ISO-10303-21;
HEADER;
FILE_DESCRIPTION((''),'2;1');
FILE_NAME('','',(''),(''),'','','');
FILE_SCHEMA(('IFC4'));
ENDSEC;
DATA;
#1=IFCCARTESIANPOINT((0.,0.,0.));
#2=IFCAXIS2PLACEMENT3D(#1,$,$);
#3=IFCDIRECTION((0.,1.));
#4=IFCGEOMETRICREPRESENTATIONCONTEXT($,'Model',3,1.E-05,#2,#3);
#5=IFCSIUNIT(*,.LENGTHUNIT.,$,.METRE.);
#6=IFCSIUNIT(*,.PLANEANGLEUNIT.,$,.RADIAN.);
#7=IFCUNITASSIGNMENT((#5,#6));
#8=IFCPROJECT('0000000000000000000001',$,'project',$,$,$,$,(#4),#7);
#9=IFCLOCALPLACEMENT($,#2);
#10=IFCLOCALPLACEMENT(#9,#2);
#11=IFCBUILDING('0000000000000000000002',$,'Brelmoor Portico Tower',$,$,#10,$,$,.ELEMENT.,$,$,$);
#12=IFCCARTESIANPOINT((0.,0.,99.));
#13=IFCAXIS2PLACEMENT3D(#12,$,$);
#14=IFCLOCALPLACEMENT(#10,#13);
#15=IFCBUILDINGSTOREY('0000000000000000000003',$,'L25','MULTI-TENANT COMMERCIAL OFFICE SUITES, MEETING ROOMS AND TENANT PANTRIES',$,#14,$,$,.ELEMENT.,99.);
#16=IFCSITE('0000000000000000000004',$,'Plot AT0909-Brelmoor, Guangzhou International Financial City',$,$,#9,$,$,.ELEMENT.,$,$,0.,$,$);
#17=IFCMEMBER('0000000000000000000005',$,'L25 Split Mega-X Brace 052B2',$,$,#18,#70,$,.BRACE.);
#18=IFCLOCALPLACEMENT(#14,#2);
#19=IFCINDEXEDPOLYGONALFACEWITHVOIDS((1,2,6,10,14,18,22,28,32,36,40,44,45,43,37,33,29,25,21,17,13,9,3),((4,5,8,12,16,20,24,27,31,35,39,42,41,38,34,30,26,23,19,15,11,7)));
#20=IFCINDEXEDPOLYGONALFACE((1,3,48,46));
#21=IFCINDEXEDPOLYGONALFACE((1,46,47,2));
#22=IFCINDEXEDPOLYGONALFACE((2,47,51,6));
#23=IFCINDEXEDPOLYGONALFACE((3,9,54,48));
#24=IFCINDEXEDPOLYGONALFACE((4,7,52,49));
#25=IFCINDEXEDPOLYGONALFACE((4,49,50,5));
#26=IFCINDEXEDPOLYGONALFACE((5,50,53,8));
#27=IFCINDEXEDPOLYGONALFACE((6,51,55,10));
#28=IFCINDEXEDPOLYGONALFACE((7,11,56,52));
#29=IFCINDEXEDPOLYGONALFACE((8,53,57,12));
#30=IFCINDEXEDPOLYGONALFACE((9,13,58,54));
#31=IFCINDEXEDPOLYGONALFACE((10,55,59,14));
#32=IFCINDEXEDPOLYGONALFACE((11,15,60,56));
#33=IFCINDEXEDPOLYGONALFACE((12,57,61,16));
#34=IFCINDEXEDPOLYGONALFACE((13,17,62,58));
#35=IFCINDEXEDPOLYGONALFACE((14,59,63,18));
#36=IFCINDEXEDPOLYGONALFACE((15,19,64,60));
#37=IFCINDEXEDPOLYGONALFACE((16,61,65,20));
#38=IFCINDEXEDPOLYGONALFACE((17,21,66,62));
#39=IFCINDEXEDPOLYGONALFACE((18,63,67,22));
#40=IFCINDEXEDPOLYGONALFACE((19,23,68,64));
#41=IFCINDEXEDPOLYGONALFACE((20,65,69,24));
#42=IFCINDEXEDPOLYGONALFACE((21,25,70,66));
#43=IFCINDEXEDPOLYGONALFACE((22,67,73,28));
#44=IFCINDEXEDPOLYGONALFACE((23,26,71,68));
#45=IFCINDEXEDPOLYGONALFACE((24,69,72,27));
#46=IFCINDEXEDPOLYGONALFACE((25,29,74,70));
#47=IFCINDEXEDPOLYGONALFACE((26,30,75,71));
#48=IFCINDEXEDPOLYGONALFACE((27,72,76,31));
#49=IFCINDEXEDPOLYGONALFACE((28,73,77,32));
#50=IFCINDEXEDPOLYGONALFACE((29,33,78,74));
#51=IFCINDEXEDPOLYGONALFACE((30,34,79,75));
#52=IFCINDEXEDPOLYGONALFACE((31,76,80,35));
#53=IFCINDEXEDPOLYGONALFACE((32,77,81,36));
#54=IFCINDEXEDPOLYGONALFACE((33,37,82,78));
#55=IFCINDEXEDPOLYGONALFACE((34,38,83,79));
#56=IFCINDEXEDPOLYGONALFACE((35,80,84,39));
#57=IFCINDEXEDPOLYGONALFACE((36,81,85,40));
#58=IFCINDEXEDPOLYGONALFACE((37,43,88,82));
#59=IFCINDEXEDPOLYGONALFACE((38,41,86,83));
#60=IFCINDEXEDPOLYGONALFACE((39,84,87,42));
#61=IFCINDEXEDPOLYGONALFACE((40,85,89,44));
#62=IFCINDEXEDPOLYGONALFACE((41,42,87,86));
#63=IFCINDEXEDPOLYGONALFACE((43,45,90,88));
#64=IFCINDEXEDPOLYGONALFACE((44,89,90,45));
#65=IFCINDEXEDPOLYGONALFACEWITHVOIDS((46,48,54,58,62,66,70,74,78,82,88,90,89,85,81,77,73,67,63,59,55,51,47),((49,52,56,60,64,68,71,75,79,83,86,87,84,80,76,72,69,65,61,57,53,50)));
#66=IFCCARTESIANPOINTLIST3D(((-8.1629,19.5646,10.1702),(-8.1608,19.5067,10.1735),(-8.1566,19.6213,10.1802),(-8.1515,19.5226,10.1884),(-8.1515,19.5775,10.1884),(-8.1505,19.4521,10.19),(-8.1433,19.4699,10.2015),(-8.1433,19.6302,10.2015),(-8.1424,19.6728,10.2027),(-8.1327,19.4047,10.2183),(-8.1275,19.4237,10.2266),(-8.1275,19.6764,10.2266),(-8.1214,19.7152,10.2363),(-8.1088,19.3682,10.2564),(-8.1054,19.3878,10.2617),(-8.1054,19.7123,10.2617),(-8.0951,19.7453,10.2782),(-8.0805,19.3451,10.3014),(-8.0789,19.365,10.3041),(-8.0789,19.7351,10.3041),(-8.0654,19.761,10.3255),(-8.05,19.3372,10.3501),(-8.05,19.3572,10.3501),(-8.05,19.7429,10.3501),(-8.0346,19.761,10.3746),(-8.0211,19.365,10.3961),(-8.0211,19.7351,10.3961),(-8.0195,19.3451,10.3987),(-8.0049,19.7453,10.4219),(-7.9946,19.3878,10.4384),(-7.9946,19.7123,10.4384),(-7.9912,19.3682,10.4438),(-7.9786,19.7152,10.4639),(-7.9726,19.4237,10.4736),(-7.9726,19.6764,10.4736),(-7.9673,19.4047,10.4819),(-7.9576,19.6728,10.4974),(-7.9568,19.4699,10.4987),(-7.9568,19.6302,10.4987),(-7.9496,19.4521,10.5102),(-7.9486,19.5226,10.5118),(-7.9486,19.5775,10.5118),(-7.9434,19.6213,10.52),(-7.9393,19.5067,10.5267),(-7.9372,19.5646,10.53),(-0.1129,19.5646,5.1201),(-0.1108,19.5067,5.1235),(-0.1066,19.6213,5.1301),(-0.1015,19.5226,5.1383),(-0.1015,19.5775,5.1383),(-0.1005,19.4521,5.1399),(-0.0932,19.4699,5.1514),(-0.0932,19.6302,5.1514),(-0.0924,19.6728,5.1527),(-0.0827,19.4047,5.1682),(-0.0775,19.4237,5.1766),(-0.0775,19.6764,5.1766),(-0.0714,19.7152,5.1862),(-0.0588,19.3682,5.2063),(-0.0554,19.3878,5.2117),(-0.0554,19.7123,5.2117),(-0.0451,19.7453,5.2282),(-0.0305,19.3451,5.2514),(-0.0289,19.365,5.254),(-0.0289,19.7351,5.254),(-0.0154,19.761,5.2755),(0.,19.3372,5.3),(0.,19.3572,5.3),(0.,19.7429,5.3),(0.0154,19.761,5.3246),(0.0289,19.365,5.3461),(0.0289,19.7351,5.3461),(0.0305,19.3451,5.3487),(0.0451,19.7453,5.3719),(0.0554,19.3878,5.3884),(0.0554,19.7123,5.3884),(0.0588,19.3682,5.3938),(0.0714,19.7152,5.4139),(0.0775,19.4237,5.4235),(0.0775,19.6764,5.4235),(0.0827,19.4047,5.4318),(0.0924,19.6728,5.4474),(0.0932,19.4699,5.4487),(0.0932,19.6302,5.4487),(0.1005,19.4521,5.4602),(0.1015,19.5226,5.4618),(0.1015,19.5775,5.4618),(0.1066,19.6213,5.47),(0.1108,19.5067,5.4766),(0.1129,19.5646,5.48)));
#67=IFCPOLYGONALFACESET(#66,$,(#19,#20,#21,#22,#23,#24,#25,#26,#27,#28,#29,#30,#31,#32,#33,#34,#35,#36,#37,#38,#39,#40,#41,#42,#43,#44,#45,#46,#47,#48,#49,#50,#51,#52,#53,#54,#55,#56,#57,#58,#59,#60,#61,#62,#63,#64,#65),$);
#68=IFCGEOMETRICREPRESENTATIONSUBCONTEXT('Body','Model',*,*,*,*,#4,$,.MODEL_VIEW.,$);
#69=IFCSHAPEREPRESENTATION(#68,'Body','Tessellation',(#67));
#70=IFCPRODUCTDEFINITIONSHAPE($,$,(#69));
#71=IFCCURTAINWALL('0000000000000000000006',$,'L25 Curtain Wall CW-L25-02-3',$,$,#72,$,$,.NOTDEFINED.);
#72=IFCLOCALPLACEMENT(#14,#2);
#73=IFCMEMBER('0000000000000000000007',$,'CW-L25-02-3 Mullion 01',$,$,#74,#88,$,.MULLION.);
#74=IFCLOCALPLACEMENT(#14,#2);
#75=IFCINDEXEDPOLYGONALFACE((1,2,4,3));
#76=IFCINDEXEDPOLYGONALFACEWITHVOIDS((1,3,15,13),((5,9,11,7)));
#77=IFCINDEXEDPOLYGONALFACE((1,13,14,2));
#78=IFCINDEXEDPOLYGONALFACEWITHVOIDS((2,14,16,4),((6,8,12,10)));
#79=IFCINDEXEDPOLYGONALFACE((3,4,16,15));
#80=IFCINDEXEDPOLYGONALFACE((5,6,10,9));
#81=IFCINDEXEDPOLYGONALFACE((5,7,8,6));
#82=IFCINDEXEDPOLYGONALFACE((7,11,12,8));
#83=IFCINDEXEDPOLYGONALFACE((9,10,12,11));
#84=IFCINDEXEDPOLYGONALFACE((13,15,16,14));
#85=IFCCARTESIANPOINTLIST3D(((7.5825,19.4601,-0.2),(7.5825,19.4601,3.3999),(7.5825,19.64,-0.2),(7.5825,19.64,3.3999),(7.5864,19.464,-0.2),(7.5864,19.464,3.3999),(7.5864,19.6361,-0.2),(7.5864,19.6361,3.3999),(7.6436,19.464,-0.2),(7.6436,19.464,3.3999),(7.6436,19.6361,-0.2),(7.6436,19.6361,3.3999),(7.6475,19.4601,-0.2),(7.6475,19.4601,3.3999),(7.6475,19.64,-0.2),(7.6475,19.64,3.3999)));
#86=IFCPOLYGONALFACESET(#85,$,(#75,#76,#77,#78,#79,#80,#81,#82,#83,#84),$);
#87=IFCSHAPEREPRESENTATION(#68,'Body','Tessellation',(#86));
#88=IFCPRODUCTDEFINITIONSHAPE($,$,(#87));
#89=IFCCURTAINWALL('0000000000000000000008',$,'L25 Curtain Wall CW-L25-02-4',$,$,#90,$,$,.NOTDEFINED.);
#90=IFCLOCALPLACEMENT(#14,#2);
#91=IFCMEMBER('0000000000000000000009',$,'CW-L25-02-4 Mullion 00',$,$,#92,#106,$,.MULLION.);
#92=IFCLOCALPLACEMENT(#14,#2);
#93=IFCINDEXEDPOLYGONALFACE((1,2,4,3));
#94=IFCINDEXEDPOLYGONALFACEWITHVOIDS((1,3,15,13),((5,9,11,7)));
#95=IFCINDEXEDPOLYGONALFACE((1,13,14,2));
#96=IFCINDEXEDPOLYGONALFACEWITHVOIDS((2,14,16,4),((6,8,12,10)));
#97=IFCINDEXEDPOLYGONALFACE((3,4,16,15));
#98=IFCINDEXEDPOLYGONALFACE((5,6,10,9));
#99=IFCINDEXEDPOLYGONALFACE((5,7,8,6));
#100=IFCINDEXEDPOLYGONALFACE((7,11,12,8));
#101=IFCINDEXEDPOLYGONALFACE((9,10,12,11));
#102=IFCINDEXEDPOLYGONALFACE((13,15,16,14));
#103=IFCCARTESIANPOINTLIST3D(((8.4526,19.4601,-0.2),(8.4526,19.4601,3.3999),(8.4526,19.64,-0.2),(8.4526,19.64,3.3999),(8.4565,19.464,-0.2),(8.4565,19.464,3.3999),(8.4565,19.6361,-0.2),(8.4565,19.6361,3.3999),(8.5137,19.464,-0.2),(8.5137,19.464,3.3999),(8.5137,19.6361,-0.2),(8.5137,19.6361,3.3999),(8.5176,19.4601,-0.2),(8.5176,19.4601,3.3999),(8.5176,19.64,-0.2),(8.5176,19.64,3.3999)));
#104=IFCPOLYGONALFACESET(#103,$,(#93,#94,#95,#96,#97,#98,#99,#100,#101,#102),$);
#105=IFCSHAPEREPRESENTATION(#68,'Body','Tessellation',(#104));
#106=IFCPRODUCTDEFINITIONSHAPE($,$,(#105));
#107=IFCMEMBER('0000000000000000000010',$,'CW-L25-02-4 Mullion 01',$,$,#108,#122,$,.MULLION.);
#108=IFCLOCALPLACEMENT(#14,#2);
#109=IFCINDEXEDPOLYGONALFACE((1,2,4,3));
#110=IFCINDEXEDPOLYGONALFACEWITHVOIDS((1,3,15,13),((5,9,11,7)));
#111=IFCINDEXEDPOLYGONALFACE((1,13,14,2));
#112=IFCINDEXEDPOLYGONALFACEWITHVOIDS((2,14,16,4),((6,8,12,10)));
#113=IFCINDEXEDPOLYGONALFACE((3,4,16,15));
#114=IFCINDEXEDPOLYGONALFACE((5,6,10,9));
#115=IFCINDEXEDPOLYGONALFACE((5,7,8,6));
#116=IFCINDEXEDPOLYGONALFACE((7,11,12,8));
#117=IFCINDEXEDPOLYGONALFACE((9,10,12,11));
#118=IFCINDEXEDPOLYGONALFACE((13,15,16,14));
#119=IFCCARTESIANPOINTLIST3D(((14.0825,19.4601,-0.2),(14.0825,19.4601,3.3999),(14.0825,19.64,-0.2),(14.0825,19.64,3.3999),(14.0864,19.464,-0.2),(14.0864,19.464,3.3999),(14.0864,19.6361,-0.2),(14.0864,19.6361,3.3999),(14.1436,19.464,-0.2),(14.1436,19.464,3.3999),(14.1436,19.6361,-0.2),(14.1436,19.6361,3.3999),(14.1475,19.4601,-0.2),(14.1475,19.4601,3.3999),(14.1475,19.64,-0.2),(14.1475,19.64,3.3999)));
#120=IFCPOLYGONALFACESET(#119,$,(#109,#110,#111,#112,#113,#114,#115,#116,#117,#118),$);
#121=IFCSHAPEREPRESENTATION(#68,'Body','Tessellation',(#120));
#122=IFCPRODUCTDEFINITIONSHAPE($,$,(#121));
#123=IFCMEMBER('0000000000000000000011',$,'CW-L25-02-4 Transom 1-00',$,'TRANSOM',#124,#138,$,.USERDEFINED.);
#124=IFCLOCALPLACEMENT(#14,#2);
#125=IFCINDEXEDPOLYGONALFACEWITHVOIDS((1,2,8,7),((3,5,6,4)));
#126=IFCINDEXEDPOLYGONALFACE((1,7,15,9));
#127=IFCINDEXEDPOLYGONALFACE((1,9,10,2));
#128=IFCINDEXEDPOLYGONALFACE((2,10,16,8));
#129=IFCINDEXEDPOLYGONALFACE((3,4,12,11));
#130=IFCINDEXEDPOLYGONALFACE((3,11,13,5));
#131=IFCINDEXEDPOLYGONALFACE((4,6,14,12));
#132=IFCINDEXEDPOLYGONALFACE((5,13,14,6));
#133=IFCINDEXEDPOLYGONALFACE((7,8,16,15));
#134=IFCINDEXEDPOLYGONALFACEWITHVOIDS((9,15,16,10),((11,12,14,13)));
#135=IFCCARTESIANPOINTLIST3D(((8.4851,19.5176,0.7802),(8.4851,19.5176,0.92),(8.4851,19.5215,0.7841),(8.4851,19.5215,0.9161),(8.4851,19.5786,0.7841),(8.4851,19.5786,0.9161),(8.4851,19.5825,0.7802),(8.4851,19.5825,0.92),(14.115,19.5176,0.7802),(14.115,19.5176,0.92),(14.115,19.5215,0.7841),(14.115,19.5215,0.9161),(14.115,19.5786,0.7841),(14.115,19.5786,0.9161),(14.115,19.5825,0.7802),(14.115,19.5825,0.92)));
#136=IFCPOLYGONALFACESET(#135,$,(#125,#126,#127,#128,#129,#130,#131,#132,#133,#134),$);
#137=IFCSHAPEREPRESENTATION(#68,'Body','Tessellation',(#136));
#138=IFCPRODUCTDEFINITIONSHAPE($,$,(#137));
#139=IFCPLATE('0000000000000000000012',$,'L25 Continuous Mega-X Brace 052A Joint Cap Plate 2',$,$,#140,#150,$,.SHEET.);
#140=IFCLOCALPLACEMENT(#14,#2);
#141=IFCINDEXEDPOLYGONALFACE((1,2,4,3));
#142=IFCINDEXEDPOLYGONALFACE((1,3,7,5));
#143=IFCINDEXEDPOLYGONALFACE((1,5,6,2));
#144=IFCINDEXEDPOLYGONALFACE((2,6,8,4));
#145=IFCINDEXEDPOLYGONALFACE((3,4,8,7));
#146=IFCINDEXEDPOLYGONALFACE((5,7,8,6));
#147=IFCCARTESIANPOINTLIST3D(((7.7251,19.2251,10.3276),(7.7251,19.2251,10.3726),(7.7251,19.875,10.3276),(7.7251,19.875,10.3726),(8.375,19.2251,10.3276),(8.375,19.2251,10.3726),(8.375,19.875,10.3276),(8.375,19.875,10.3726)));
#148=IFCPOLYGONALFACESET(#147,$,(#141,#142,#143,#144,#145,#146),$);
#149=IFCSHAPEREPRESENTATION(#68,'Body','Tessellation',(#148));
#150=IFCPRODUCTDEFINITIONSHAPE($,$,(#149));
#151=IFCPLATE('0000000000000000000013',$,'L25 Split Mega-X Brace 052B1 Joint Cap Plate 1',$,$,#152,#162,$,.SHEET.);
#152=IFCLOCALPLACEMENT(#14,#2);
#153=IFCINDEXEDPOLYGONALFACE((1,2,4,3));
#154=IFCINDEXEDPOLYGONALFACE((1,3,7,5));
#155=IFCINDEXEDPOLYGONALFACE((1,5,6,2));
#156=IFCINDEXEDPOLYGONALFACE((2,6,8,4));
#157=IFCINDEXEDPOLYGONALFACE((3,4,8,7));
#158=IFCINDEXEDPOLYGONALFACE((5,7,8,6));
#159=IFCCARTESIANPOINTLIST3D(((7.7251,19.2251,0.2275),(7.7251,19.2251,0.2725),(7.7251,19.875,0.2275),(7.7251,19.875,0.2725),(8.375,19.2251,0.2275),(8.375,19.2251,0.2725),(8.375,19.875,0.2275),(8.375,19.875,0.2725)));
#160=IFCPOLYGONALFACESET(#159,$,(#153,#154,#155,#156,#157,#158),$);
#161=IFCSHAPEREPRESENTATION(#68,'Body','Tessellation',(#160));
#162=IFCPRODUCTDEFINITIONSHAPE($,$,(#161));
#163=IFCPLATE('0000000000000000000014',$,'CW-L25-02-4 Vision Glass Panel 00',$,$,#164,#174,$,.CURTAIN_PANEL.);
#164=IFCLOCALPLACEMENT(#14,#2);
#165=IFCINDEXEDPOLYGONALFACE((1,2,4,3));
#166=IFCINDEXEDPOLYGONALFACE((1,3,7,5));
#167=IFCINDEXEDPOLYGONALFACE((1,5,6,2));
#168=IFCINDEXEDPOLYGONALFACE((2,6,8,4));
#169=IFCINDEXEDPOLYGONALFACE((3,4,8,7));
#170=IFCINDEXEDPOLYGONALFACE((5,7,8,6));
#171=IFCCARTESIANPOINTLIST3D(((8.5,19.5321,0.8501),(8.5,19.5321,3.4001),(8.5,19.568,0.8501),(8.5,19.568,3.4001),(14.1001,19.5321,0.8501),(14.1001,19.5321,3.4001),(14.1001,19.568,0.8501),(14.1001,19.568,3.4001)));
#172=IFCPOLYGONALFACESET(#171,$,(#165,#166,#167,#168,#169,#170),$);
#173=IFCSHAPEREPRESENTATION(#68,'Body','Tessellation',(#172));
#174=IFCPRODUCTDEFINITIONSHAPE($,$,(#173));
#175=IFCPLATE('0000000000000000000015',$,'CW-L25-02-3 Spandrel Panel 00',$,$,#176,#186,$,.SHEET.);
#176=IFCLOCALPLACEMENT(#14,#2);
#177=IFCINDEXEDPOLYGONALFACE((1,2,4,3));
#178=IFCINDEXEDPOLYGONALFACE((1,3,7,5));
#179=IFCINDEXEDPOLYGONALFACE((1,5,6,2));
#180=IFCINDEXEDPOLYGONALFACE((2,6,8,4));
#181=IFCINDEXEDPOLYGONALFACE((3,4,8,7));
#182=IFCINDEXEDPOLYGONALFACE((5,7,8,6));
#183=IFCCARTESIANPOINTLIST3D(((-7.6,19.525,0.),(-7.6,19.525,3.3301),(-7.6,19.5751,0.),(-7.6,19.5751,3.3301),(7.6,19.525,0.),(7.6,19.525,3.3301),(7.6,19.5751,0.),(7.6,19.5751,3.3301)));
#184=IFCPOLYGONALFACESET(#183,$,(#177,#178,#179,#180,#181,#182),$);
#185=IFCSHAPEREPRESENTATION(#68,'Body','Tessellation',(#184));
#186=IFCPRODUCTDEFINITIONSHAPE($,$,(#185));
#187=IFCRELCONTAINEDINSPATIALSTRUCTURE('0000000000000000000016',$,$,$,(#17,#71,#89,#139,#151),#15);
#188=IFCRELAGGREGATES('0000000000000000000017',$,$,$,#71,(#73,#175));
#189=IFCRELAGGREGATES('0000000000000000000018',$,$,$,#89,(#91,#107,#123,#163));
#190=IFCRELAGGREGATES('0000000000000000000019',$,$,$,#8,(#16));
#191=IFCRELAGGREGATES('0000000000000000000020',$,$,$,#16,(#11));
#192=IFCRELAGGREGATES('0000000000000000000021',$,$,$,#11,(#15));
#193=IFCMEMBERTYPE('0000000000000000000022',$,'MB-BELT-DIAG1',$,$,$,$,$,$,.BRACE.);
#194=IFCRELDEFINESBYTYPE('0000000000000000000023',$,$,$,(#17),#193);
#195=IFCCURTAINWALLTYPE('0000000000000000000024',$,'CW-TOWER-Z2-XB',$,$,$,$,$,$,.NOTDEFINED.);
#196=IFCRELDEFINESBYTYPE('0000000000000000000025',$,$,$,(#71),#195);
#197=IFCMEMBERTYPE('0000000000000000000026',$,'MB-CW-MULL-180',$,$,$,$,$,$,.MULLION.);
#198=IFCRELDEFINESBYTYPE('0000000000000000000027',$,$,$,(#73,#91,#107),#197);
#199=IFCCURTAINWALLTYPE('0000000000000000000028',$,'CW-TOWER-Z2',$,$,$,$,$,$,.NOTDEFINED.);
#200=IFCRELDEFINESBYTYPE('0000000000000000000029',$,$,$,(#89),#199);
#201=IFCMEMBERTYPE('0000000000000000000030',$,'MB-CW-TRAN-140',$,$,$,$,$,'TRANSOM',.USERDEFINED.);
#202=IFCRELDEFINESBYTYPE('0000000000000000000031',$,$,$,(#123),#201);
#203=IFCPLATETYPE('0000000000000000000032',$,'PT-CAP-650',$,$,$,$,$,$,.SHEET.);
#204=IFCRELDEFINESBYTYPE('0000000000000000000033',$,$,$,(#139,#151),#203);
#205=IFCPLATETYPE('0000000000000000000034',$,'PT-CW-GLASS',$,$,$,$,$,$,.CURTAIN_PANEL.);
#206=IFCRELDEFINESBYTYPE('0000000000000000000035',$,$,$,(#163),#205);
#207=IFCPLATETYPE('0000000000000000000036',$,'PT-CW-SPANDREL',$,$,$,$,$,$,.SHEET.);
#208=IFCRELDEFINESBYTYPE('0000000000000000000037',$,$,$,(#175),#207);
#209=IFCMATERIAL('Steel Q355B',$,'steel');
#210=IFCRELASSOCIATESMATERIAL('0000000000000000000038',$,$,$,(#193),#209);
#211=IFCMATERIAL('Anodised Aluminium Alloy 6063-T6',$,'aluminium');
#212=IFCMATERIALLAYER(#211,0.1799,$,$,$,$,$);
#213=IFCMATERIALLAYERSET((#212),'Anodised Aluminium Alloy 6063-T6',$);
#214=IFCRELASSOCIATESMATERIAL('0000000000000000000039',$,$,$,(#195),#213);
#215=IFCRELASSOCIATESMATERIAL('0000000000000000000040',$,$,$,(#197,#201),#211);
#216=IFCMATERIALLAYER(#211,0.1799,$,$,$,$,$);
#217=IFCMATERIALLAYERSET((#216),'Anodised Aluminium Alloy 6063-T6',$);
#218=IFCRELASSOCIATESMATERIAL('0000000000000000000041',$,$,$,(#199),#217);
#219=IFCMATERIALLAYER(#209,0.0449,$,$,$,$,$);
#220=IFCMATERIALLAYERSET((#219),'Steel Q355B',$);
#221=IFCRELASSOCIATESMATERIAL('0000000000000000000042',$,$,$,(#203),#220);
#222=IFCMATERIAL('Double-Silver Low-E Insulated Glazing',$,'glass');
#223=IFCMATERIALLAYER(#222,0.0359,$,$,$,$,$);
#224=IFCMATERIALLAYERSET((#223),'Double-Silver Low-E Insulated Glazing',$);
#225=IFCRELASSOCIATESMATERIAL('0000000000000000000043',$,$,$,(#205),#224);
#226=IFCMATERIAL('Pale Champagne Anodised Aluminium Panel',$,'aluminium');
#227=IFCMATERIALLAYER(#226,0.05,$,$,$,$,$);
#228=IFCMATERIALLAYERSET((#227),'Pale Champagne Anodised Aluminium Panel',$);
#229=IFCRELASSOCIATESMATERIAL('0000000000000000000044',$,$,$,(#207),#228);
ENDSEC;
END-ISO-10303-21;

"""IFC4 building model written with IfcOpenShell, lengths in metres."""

from ifc_helpers import new_model, si_unit, direction, frame, origin, origin_2d, place, context, subcontext, project, spatial, rectangle, hollow_rectangle, hollow_circle, extrude, material, layer, layer_set, material_profile, profile_set, type_object, element, aggregate, save


model = new_model("IFC4")

# Units and contexts
model_context = context("Model", 3, precision=1e-05, world=origin(), true_north=direction((0.0, 1.0)))
body_context = subcontext(model_context, "Body", "Model", "MODEL_VIEW")
ifc_project = project(units=[si_unit("LENGTHUNIT", "METRE"), si_unit("PLANEANGLEUNIT", "RADIAN")], contexts=[model_context])

# Site, building, storey
site_placement = place(None, origin())
site = spatial("IfcSite", under=ifc_project, at=site_placement, Name="Plot AT0909-Brelmoor, Guangzhou International Financial City", CompositionType="ELEMENT", RefElevation=0.0)
building_placement = place(site_placement, origin())
building = spatial("IfcBuilding", under=site, at=building_placement, Name="Brelmoor Portico Tower", CompositionType="ELEMENT")
storey_placement = place(building_placement, frame((0.0, 0.0, 99.0)))
storey = spatial("IfcBuildingStorey", under=building, at=storey_placement, Name="L25", Description="MULTI-TENANT COMMERCIAL OFFICE SUITES, MEETING ROOMS AND TENANT PANTRIES", CompositionType="ELEMENT", Elevation=99.0)

# Shared definitions
ifc_material_1 = material(Name="Steel Q355B", Category="steel")

# Member
ifc_material_profile_1 = material_profile(ifc_material_1, hollow_circle(Radius=0.2129, WallThickness=0.02, at=origin_2d()), Name="CHS 426x20")
ifc_profile_set_1 = profile_set([ifc_material_profile_1], Name="Steel Q355B")
member_type_1 = type_object("IfcMemberType", Name="MB-BELT-DIAG1", PredefinedType="BRACE", material=ifc_profile_set_1)
for number, where, z_axis, x_axis, name in (
    (1, (0.0, 19.55, 5.3), (-0.847109, 0.0, 0.531418), (0.0, -1.0, 0.0), "L25 Split Mega-X Brace 052B2"),
):
    element("IfcMember", number, at=place(storey_placement, frame(where, z_axis=z_axis, x_axis=x_axis)), inside=storey, type_object=member_type_1, Name=name, PredefinedType="BRACE", context=body_context, shape_type="SweptSolid", body=[
        extrude(hollow_circle(Radius=0.2129, WallThickness=0.02, at=origin_2d()), origin(), (0.0, 0.0, 1.0), 9.5029),
    ])

# Curtain wall, member
ifc_material_2 = material(Name="Anodised Aluminium Alloy 6063-T6", Category="aluminium")
ifc_layer_1 = layer(ifc_material_2, 0.1799)
ifc_layer_set_1 = layer_set([ifc_layer_1], Name="Anodised Aluminium Alloy 6063-T6")
curtain_wall_type_1 = type_object("IfcCurtainWallType", Name="CW-TOWER-Z2-XB", PredefinedType="NOTDEFINED", material=ifc_layer_set_1)
curtain_wall_1_placement = place(storey_placement, origin())
curtain_wall_1 = element("IfcCurtainWall", 2, at=curtain_wall_1_placement, inside=storey, type_object=curtain_wall_type_1, Name="L25 Curtain Wall CW-L25-02-3", PredefinedType="NOTDEFINED")
ifc_material_profile_2 = material_profile(ifc_material_2, hollow_rectangle(XDim=0.0649, YDim=0.1799, WallThickness=0.0039, at=origin_2d()), Name="ALU MULLION 65x180")
ifc_profile_set_2 = profile_set([ifc_material_profile_2], Name="Anodised Aluminium Alloy 6063-T6")
member_type_2 = type_object("IfcMemberType", Name="MB-CW-MULL-180", PredefinedType="MULLION", material=ifc_profile_set_2)
member_1_placement = place(storey_placement, frame((7.615, 19.55, -0.2), z_axis=(0.0, 0.0, 1.0), x_axis=(1.0, 0.0, 0.0)))
member_1 = element("IfcMember", 3, at=member_1_placement, type_object=member_type_2, Name="CW-L25-02-3 Mullion 01", PredefinedType="MULLION", context=body_context, shape_type="SweptSolid", body=[
    extrude(hollow_rectangle(XDim=0.0649, YDim=0.1799, WallThickness=0.0039, at=origin_2d()), origin(), (0.0, 0.0, 1.0), 3.5999),
])

# Curtain wall, members
ifc_layer_2 = layer(ifc_material_2, 0.1799)
ifc_layer_set_2 = layer_set([ifc_layer_2], Name="Anodised Aluminium Alloy 6063-T6")
curtain_wall_type_2 = type_object("IfcCurtainWallType", Name="CW-TOWER-Z2", PredefinedType="NOTDEFINED", material=ifc_layer_set_2)
curtain_wall_2_placement = place(storey_placement, origin())
curtain_wall_2 = element("IfcCurtainWall", 4, at=curtain_wall_2_placement, inside=storey, type_object=curtain_wall_type_2, Name="L25 Curtain Wall CW-L25-02-4", PredefinedType="NOTDEFINED")
member_2_placement = place(storey_placement, frame((8.4851, 19.55, -0.2), z_axis=(0.0, 0.0, 1.0), x_axis=(1.0, 0.0, 0.0)))
member_2 = element("IfcMember", 5, at=member_2_placement, type_object=member_type_2, Name="CW-L25-02-4 Mullion 00", PredefinedType="MULLION", context=body_context, shape_type="SweptSolid", body=[
    extrude(hollow_rectangle(XDim=0.0649, YDim=0.1799, WallThickness=0.0039, at=origin_2d()), origin(), (0.0, 0.0, 1.0), 3.5999),
])
member_3_placement = place(storey_placement, frame((14.115, 19.55, -0.2), z_axis=(0.0, 0.0, 1.0), x_axis=(1.0, 0.0, 0.0)))
member_3 = element("IfcMember", 6, at=member_3_placement, type_object=member_type_2, Name="CW-L25-02-4 Mullion 01", PredefinedType="MULLION", context=body_context, shape_type="SweptSolid", body=[
    extrude(hollow_rectangle(XDim=0.0649, YDim=0.1799, WallThickness=0.0039, at=origin_2d()), origin(), (0.0, 0.0, 1.0), 3.5999),
])
ifc_material_profile_3 = material_profile(ifc_material_2, hollow_rectangle(XDim=0.0649, YDim=0.1399, WallThickness=0.0039, at=origin_2d()), Name="ALU TRANSOM 65x140")
ifc_profile_set_3 = profile_set([ifc_material_profile_3], Name="Anodised Aluminium Alloy 6063-T6")
member_type_3 = type_object("IfcMemberType", Name="MB-CW-TRAN-140", ElementType="TRANSOM", PredefinedType="USERDEFINED", material=ifc_profile_set_3)
member_4_placement = place(storey_placement, frame((8.4851, 19.55, 0.8501), z_axis=(1.0, 0.0, 0.0), x_axis=(0.0, 1.0, 0.0)))
member_4 = element("IfcMember", 7, at=member_4_placement, type_object=member_type_3, Name="CW-L25-02-4 Transom 1-00", ObjectType="TRANSOM", PredefinedType="USERDEFINED", context=body_context, shape_type="SweptSolid", body=[
    extrude(hollow_rectangle(XDim=0.0649, YDim=0.1399, WallThickness=0.0039, at=origin_2d()), origin(), (0.0, 0.0, 1.0), 5.6299),
])

# Plates
ifc_layer_3 = layer(ifc_material_1, 0.0449)
ifc_layer_set_3 = layer_set([ifc_layer_3], Name="Steel Q355B")
plate_type_1 = type_object("IfcPlateType", Name="PT-CAP-650", PredefinedType="SHEET", material=ifc_layer_set_3)
for number, where, z_axis, x_axis, name in (
    (8, (8.05, 19.55, 10.3276), (0.0, 0.0, 1.0), (1.0, 0.0, 0.0), "L25 Continuous Mega-X Brace 052A Joint Cap Plate 2"),
    (9, (8.05, 19.55, 0.2275), (0.0, 0.0, 1.0), (1.0, 0.0, 0.0), "L25 Split Mega-X Brace 052B1 Joint Cap Plate 1"),
):
    element("IfcPlate", number, at=place(storey_placement, frame(where, z_axis=z_axis, x_axis=x_axis)), inside=storey, type_object=plate_type_1, Name=name, PredefinedType="SHEET", context=body_context, shape_type="SweptSolid", body=[
        extrude(rectangle(XDim=0.6499, YDim=0.6499, at=origin_2d()), origin(), (0.0, 0.0, 1.0), 0.0449),
    ])

# Plates
ifc_material_3 = material(Name="Double-Silver Low-E Insulated Glazing", Category="glass")
ifc_layer_4 = layer(ifc_material_3, 0.0359)
ifc_layer_set_4 = layer_set([ifc_layer_4], Name="Double-Silver Low-E Insulated Glazing")
plate_type_2 = type_object("IfcPlateType", Name="PT-CW-GLASS", PredefinedType="CURTAIN_PANEL", material=ifc_layer_set_4)
plate_1_placement = place(storey_placement, frame((11.3, 19.55, 0.8501), z_axis=(0.0, 0.0, 1.0), x_axis=(1.0, 0.0, 0.0)))
plate_1 = element("IfcPlate", 10, at=plate_1_placement, type_object=plate_type_2, Name="CW-L25-02-4 Vision Glass Panel 00", PredefinedType="CURTAIN_PANEL", context=body_context, shape_type="SweptSolid", body=[
    extrude(rectangle(XDim=5.6001, YDim=0.0359, at=origin_2d()), origin(), (0.0, 0.0, 1.0), 2.55),
])
ifc_material_4 = material(Name="Pale Champagne Anodised Aluminium Panel", Category="aluminium")
ifc_layer_5 = layer(ifc_material_4, 0.05)
ifc_layer_set_5 = layer_set([ifc_layer_5], Name="Pale Champagne Anodised Aluminium Panel")
plate_type_3 = type_object("IfcPlateType", Name="PT-CW-SPANDREL", PredefinedType="SHEET", material=ifc_layer_set_5)
plate_2_placement = place(storey_placement, frame((0.0, 19.55, 0.0), z_axis=(0.0, 0.0, 1.0), x_axis=(1.0, 0.0, 0.0)))
plate_2 = element("IfcPlate", 11, at=plate_2_placement, type_object=plate_type_3, Name="CW-L25-02-3 Spandrel Panel 00", PredefinedType="SHEET", context=body_context, shape_type="SweptSolid", body=[
    extrude(rectangle(XDim=15.2, YDim=0.05, at=origin_2d()), origin(), (0.0, 0.0, 1.0), 3.3301),
])
aggregate(curtain_wall_1, [member_1, plate_2])
aggregate(curtain_wall_2, [member_2, member_3, member_4, plate_1])

save(model, "model.ifc")
